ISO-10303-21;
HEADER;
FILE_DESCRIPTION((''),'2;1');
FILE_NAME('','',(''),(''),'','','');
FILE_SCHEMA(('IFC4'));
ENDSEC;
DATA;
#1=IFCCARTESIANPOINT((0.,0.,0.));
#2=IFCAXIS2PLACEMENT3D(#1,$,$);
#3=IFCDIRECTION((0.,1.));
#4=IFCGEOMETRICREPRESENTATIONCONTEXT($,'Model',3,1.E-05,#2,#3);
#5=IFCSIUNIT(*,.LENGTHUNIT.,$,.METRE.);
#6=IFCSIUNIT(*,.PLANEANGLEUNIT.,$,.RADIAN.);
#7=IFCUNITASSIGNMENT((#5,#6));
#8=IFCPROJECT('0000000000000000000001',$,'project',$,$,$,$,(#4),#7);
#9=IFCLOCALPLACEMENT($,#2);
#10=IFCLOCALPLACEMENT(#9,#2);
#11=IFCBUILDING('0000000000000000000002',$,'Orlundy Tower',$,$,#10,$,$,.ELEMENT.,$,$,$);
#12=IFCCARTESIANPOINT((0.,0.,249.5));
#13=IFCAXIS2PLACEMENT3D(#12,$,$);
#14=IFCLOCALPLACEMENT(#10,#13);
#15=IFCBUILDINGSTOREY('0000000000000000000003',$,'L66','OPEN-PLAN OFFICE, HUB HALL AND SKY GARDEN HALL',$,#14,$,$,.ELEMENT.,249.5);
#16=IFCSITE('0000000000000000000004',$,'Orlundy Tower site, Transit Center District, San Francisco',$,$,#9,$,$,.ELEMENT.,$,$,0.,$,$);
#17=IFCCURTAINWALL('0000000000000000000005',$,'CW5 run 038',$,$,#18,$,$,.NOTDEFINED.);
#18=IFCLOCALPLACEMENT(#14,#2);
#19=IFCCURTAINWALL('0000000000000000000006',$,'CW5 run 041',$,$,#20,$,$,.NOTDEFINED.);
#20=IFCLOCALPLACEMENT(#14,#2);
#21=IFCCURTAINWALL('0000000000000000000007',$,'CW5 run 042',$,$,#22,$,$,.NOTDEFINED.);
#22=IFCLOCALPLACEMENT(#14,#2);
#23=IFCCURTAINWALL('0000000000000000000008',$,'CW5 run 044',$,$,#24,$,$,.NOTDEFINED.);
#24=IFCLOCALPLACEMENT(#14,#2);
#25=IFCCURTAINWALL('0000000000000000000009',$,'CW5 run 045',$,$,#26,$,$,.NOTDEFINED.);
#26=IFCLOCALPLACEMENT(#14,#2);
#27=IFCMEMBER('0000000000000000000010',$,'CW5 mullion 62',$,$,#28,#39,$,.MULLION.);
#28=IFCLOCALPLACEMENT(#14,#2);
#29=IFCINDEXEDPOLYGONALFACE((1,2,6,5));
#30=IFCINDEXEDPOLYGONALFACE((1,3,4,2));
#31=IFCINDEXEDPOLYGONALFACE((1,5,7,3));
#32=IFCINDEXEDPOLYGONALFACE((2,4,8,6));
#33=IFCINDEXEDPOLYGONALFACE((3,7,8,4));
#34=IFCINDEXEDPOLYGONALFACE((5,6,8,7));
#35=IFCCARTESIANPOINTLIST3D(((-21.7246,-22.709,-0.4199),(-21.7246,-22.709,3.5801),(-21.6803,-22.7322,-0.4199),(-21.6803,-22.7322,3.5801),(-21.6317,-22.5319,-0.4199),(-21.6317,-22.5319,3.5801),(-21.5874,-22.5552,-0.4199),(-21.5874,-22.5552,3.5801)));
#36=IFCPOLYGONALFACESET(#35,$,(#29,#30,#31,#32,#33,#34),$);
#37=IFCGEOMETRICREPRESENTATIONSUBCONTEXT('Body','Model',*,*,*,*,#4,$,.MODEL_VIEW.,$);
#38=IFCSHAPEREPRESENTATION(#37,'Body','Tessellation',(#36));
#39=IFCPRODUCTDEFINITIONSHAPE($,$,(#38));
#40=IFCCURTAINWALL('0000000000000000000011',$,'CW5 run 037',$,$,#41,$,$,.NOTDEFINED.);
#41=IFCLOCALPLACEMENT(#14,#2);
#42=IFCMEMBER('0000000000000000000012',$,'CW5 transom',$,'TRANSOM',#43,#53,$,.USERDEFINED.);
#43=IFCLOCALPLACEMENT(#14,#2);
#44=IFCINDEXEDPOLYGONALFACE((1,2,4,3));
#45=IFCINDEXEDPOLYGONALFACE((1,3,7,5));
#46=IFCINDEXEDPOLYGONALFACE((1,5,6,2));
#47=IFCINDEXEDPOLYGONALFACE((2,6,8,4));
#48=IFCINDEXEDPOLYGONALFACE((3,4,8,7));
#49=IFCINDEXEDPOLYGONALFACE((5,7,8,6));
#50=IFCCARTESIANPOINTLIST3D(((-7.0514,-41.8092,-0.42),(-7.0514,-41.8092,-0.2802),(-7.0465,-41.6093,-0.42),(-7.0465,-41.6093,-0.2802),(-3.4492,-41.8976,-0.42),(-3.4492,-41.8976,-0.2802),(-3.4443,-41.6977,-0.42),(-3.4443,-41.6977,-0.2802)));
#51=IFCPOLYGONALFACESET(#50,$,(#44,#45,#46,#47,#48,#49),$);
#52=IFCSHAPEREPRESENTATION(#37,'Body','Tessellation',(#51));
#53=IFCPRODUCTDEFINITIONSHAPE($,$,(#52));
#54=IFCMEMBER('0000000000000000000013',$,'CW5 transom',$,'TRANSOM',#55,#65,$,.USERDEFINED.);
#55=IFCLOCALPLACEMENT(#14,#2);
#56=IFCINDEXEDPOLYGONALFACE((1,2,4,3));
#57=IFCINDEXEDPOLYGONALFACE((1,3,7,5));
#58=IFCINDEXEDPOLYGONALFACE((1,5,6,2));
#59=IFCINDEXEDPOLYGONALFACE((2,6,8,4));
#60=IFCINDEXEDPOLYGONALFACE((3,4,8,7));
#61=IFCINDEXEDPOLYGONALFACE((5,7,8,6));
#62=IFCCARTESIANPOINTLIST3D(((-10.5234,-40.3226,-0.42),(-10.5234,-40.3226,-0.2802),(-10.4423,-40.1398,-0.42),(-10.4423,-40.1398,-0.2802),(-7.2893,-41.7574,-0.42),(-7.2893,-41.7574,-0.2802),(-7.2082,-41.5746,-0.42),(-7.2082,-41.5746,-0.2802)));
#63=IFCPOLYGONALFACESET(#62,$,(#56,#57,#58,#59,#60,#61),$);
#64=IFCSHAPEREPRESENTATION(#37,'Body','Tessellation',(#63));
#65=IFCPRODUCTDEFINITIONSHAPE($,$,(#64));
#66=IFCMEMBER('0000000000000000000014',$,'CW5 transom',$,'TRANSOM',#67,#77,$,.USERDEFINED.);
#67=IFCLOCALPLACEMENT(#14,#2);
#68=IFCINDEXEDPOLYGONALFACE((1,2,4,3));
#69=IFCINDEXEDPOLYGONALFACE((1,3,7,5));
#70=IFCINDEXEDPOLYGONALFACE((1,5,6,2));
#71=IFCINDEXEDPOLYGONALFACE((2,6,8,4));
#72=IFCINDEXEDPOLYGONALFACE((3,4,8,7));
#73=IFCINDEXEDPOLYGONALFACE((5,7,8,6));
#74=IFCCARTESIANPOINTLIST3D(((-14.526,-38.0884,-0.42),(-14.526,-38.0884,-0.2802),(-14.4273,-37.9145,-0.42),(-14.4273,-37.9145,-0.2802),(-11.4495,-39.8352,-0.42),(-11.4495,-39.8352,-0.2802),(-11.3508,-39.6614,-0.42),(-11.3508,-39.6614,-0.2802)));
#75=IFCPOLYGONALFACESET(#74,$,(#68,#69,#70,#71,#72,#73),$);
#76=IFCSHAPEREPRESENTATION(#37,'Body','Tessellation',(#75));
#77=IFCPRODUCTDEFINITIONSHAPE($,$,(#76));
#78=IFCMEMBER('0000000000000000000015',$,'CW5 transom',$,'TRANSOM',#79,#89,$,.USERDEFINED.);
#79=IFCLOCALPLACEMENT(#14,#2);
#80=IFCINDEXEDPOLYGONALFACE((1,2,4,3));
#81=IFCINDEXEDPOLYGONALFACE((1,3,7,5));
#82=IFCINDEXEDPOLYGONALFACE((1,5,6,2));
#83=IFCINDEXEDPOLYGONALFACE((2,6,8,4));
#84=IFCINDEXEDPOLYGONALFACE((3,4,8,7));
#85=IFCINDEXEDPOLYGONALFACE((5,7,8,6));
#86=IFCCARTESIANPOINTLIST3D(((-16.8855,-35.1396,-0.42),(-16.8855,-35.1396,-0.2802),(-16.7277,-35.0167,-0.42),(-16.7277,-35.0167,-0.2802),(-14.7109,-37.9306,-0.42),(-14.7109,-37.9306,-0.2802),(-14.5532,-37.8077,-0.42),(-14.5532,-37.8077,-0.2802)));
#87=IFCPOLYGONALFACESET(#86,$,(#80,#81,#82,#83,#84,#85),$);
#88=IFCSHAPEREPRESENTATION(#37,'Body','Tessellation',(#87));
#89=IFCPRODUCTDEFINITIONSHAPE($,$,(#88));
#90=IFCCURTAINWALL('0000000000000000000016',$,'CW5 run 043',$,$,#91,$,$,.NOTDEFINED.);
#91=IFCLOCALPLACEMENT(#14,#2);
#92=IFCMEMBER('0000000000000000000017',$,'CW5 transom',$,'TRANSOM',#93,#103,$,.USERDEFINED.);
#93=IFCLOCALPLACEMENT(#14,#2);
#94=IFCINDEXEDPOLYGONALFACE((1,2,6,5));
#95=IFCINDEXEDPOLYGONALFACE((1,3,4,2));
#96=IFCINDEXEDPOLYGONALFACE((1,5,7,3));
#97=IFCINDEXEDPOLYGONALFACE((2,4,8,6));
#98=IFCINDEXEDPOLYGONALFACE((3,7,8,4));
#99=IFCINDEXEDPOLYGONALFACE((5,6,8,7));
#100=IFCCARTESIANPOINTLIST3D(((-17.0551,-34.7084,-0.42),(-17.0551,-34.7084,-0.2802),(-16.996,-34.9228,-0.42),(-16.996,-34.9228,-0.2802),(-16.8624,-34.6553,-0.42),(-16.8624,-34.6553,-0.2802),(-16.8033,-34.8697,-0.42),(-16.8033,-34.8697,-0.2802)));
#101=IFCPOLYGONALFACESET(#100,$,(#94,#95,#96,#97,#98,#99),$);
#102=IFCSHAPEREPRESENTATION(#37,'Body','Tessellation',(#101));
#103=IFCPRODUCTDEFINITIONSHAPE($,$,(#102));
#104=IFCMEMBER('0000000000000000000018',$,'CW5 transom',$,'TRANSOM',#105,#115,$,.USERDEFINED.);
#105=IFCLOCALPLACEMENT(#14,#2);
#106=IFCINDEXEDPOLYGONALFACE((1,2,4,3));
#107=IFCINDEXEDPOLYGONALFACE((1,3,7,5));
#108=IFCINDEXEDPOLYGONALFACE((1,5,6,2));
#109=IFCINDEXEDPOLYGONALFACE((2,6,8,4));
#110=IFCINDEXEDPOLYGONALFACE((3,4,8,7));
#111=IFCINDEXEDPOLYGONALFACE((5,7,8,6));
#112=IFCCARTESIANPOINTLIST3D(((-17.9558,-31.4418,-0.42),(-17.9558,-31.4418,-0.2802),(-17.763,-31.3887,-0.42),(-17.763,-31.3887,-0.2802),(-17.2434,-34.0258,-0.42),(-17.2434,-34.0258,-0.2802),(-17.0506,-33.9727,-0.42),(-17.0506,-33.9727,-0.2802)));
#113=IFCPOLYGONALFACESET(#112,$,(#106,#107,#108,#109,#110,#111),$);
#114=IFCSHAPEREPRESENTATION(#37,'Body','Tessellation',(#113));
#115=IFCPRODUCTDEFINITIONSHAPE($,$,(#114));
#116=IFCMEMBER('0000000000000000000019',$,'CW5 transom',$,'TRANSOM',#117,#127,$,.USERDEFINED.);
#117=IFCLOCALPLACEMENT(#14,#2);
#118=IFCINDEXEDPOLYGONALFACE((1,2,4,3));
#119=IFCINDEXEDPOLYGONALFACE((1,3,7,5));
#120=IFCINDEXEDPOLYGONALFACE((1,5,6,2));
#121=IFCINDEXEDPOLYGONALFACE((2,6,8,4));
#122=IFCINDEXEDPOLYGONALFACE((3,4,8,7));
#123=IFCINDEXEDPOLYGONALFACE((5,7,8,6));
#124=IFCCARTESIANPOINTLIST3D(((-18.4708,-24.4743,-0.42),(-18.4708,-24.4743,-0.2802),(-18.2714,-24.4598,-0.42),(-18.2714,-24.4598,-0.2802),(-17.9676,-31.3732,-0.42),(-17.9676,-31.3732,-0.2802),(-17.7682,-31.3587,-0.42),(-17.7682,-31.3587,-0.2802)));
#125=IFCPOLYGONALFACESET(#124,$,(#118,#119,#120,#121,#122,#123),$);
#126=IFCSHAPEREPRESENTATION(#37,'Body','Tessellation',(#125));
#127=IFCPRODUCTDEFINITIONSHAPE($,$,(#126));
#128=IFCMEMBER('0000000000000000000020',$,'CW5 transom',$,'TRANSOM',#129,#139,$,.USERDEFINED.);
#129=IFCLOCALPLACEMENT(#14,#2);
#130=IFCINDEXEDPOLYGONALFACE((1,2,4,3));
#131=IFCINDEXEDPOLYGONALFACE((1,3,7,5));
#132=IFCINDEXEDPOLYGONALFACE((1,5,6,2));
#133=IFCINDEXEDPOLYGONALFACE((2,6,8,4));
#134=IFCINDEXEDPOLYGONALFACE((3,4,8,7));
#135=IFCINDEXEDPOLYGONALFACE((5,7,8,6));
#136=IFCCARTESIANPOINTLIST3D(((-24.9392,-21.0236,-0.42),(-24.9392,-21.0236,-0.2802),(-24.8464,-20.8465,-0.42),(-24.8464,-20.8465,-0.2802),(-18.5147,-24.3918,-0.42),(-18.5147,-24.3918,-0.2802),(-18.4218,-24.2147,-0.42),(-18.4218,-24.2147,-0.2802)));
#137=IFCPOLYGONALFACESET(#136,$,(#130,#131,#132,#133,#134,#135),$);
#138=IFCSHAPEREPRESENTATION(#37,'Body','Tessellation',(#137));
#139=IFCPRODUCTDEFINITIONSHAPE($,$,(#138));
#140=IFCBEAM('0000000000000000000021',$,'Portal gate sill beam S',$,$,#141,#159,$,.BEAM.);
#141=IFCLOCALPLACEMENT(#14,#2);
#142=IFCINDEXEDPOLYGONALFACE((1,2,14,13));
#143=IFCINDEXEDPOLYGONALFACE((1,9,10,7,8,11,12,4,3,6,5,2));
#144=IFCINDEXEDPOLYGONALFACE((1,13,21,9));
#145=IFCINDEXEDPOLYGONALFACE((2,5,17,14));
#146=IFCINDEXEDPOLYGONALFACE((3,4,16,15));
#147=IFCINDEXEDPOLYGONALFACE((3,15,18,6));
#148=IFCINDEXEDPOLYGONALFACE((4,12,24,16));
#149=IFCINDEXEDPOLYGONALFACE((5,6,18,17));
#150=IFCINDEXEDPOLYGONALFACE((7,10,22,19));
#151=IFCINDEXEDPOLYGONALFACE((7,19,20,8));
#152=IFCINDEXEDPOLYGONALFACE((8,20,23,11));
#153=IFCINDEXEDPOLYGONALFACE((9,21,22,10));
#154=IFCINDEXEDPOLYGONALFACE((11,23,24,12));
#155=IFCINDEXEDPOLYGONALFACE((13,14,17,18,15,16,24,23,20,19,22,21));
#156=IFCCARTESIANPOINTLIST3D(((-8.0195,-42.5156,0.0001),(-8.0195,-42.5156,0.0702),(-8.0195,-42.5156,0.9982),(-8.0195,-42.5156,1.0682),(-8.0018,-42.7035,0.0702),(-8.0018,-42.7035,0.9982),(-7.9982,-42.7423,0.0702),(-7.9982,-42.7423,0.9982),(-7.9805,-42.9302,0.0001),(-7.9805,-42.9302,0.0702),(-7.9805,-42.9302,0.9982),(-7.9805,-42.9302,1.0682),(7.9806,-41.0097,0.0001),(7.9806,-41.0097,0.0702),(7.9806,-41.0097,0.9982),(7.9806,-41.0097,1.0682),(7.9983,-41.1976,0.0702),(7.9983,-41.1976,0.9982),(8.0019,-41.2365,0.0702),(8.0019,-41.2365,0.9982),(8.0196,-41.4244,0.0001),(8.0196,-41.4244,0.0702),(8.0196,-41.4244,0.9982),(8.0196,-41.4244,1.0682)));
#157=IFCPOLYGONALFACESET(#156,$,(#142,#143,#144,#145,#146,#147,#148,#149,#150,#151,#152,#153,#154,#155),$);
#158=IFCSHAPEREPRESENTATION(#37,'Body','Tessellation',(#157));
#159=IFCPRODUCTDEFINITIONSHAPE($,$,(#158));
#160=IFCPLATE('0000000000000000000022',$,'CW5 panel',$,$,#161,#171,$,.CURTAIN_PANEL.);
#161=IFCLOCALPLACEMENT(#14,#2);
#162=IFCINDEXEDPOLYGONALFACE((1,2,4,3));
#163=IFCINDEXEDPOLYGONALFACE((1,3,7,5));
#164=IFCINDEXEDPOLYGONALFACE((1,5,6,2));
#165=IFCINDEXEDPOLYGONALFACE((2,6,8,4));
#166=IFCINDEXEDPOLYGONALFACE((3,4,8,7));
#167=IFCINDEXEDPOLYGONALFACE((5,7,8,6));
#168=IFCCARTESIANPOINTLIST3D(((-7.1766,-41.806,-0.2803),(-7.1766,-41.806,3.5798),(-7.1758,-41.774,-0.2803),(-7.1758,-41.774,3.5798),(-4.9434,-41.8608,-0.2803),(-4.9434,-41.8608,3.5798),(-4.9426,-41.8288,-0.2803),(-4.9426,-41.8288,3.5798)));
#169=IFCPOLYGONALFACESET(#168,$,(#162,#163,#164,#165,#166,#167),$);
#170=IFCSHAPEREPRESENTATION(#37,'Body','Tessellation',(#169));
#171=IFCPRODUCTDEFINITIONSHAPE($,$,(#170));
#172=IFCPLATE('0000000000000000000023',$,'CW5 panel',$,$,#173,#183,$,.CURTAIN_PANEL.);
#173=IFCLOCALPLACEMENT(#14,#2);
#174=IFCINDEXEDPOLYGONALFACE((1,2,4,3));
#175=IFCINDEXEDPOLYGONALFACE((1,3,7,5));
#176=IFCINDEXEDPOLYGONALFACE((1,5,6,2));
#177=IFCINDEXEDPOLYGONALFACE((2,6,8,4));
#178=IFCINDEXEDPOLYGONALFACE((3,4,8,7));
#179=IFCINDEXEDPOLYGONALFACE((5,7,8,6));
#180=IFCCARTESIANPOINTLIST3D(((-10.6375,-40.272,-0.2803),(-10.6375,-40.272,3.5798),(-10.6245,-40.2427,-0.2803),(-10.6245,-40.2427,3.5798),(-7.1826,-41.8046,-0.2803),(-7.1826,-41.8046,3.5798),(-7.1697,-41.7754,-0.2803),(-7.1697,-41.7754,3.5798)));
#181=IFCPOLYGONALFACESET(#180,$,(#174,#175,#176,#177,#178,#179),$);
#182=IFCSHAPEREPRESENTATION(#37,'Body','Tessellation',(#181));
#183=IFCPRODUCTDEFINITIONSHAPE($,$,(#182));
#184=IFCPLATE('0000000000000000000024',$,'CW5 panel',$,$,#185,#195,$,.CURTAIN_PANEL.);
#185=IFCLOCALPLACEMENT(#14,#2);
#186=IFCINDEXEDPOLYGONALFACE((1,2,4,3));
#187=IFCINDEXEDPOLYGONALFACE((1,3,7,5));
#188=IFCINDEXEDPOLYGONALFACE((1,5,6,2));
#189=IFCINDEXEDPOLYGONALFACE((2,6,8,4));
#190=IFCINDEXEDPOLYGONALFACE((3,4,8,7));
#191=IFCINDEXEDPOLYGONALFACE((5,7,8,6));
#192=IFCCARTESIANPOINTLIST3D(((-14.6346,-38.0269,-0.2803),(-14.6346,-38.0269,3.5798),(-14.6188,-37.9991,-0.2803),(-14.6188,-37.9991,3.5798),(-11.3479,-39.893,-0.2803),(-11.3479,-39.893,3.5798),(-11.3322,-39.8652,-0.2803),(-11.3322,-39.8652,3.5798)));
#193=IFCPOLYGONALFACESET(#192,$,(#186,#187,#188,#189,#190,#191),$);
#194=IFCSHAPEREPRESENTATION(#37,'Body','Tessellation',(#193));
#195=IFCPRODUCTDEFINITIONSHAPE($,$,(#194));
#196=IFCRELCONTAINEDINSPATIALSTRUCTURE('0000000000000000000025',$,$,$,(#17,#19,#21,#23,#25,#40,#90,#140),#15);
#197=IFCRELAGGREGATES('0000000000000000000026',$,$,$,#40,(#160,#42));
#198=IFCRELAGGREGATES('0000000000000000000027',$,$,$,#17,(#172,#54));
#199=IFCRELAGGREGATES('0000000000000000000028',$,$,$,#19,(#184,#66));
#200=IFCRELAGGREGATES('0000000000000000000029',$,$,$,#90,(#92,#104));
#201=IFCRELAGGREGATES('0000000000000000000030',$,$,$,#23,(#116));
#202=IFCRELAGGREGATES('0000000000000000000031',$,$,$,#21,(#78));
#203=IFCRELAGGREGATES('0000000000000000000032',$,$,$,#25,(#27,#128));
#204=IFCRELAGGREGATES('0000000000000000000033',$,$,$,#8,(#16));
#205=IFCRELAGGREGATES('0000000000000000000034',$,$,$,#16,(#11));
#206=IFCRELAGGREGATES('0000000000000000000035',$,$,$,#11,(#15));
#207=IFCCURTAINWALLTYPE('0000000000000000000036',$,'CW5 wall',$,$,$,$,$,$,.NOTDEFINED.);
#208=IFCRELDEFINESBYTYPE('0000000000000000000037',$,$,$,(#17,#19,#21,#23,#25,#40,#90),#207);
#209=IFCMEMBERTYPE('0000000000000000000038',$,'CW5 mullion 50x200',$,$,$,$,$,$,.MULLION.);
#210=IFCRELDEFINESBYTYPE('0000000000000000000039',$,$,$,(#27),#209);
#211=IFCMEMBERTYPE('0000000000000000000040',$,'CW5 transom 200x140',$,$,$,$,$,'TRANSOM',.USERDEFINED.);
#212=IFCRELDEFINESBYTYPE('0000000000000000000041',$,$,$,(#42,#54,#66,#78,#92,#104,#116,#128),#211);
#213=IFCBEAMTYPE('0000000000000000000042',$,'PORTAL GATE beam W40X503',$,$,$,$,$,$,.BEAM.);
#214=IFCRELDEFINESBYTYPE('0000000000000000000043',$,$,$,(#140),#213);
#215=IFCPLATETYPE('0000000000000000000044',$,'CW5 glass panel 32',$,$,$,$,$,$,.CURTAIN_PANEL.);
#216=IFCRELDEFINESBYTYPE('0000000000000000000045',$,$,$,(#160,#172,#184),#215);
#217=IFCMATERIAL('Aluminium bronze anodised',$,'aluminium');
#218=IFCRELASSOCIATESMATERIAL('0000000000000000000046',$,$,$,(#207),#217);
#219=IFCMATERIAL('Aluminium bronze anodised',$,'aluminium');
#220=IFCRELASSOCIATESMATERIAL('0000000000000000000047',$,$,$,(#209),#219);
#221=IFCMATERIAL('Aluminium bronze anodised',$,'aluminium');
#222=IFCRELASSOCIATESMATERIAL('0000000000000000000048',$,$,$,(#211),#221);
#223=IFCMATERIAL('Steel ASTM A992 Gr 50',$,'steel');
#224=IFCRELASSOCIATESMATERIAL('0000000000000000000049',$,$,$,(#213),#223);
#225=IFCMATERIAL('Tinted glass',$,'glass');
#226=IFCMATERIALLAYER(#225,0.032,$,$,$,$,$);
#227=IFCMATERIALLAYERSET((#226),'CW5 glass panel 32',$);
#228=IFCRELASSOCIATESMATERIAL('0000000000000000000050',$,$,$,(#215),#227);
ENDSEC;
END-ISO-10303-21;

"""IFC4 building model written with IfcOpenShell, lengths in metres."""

from ifc_helpers import new_model, si_unit, direction, frame, origin, origin_2d, place, context, subcontext, project, spatial, rectangle, i_section, extrude, material, layer, layer_set, material_profile, profile_set, type_object, element, aggregate, save


model = new_model("IFC4")

# Units and contexts
model_context = context("Model", 3, precision=1e-05, world=origin(), true_north=direction((0.0, 1.0)))
body_context = subcontext(model_context, "Body", "Model", "MODEL_VIEW")
ifc_project = project(units=[si_unit("LENGTHUNIT", "METRE"), si_unit("PLANEANGLEUNIT", "RADIAN")], contexts=[model_context])

# Site, building, storey
site_placement = place(None, origin())
site = spatial("IfcSite", under=ifc_project, at=site_placement, Name="Orlundy Tower site, Transit Center District, San Francisco", CompositionType="ELEMENT", RefElevation=0.0)
building_placement = place(site_placement, origin())
building = spatial("IfcBuilding", under=site, at=building_placement, Name="Orlundy Tower", CompositionType="ELEMENT")
storey_placement = place(building_placement, frame((0.0, 0.0, 249.5)))
storey = spatial("IfcBuildingStorey", under=building, at=storey_placement, Name="L66", Description="OPEN-PLAN OFFICE, HUB HALL AND SKY GARDEN HALL", CompositionType="ELEMENT", Elevation=249.5)

# Curtain wall
ifc_material_1 = material(Name="Aluminium bronze anodised", Category="aluminium")
curtain_wall_type = type_object("IfcCurtainWallType", Name="CW5 wall", PredefinedType="NOTDEFINED", material=ifc_material_1)
curtain_wall_1_placement = place(storey_placement, origin())
curtain_wall_1 = element("IfcCurtainWall", 1, at=curtain_wall_1_placement, inside=storey, type_object=curtain_wall_type, Name="CW5 run 038", PredefinedType="NOTDEFINED")

# Curtain walls, members
curtain_wall_2_placement = place(storey_placement, origin())
curtain_wall_2 = element("IfcCurtainWall", 2, at=curtain_wall_2_placement, inside=storey, type_object=curtain_wall_type, Name="CW5 run 041", PredefinedType="NOTDEFINED")
curtain_wall_3_placement = place(storey_placement, origin())
curtain_wall_3 = element("IfcCurtainWall", 3, at=curtain_wall_3_placement, inside=storey, type_object=curtain_wall_type, Name="CW5 run 042", PredefinedType="NOTDEFINED")
ifc_material_2 = material(Name="Aluminium bronze anodised", Category="aluminium")
ifc_material_profile_1 = material_profile(ifc_material_2, rectangle(XDim=0.2, YDim=0.05, at=origin_2d()), Name="CW5 mullion 50x200")
ifc_profile_set_1 = profile_set([ifc_material_profile_1], Name="Aluminium bronze anodised")
member_type_1 = type_object("IfcMemberType", Name="CW5 mullion 50x200", PredefinedType="MULLION", material=ifc_profile_set_1)
curtain_wall_4_placement = place(storey_placement, origin())
curtain_wall_4 = element("IfcCurtainWall", 4, at=curtain_wall_4_placement, inside=storey, type_object=curtain_wall_type, Name="CW5 run 044", PredefinedType="NOTDEFINED")
curtain_wall_5_placement = place(storey_placement, origin())
curtain_wall_5 = element("IfcCurtainWall", 5, at=curtain_wall_5_placement, inside=storey, type_object=curtain_wall_type, Name="CW5 run 045", PredefinedType="NOTDEFINED")
member_1_placement = place(storey_placement, frame((-21.656, -22.6321, -0.4199), z_axis=(0.0, 0.0, 1.0), x_axis=(-0.464335, -0.885659, 0.0)))
member_1 = element("IfcMember", 6, at=member_1_placement, type_object=member_type_1, Name="CW5 mullion 62", PredefinedType="MULLION", context=body_context, shape_type="SweptSolid", body=[
    extrude(rectangle(XDim=0.2, YDim=0.05, at=origin_2d()), origin(), (0.0, 0.0, 1.0), 4.0),
])
curtain_wall_6_placement = place(storey_placement, origin())
curtain_wall_6 = element("IfcCurtainWall", 7, at=curtain_wall_6_placement, inside=storey, type_object=curtain_wall_type, Name="CW5 run 037", PredefinedType="NOTDEFINED")
ifc_material_3 = material(Name="Aluminium bronze anodised", Category="aluminium")
ifc_material_profile_2 = material_profile(ifc_material_3, rectangle(XDim=0.2, YDim=0.1399, at=origin_2d()), Name="CW5 transom 200x140")
ifc_profile_set_2 = profile_set([ifc_material_profile_2], Name="Aluminium bronze anodised")
member_type_2 = type_object("IfcMemberType", Name="CW5 transom 200x140", ElementType="TRANSOM", PredefinedType="USERDEFINED", material=ifc_profile_set_2)
member_2_placement = place(storey_placement, frame((-3.4468, -41.7976, -0.3501), z_axis=(-0.999699, 0.024527, 0.0), x_axis=(-0.024527, -0.999699, 0.0)))
member_2 = element("IfcMember", 8, at=member_2_placement, type_object=member_type_2, Name="CW5 transom", ObjectType="TRANSOM", PredefinedType="USERDEFINED", context=body_context, shape_type="SweptSolid", body=[
    extrude(rectangle(XDim=0.2, YDim=0.1399, at=origin_2d()), origin(), (0.0, 0.0, 1.0), 3.6033),
])

# Members
member_3_placement = place(storey_placement, frame((-7.2488, -41.666, -0.3501), z_axis=(-0.914082, 0.40553, 0.0), x_axis=(-0.40553, -0.914082, 0.0)))
member_3 = element("IfcMember", 9, at=member_3_placement, type_object=member_type_2, Name="CW5 transom", ObjectType="TRANSOM", PredefinedType="USERDEFINED", context=body_context, shape_type="SweptSolid", body=[
    extrude(rectangle(XDim=0.2, YDim=0.1399, at=origin_2d()), origin(), (0.0, 0.0, 1.0), 3.5381),
])
member_4_placement = place(storey_placement, frame((-11.4001, -39.7483, -0.3501), z_axis=(-0.869595, 0.493766, 0.0), x_axis=(-0.493766, -0.869595, 0.0)))
member_4 = element("IfcMember", 10, at=member_4_placement, type_object=member_type_2, Name="CW5 transom", ObjectType="TRANSOM", PredefinedType="USERDEFINED", context=body_context, shape_type="SweptSolid", body=[
    extrude(rectangle(XDim=0.2, YDim=0.1399, at=origin_2d()), origin(), (0.0, 0.0, 1.0), 3.5378),
])
member_5_placement = place(storey_placement, frame((-14.6321, -37.8691, -0.3501), z_axis=(-0.614604, 0.788835, 0.0), x_axis=(-0.788835, -0.614604, 0.0)))
member_5 = element("IfcMember", 11, at=member_5_placement, type_object=member_type_2, Name="CW5 transom", ObjectType="TRANSOM", PredefinedType="USERDEFINED", context=body_context, shape_type="SweptSolid", body=[
    extrude(rectangle(XDim=0.2, YDim=0.1399, at=origin_2d()), origin(), (0.0, 0.0, 1.0), 3.5381),
])

# Curtain wall, members
curtain_wall_7_placement = place(storey_placement, origin())
curtain_wall_7 = element("IfcCurtainWall", 12, at=curtain_wall_7_placement, inside=storey, type_object=curtain_wall_type, Name="CW5 run 043", PredefinedType="NOTDEFINED")
member_6_placement = place(storey_placement, frame((-16.8997, -34.8962, -0.3501), z_axis=(-0.265718, 0.964051, 0.0), x_axis=(-0.964051, -0.265718, 0.0)))
member_6 = element("IfcMember", 13, at=member_6_placement, type_object=member_type_2, Name="CW5 transom", ObjectType="TRANSOM", PredefinedType="USERDEFINED", context=body_context, shape_type="SweptSolid", body=[
    extrude(rectangle(XDim=0.2, YDim=0.1399, at=origin_2d()), origin(), (0.0, 0.0, 1.0), 0.2224),
])
member_7_placement = place(storey_placement, frame((-17.147, -33.9993, -0.3501), z_axis=(-0.265783, 0.964033, 0.0), x_axis=(-0.964033, -0.265783, 0.0)))
member_7 = element("IfcMember", 14, at=member_7_placement, type_object=member_type_2, Name="CW5 transom", ObjectType="TRANSOM", PredefinedType="USERDEFINED", context=body_context, shape_type="SweptSolid", body=[
    extrude(rectangle(XDim=0.2, YDim=0.1399, at=origin_2d()), origin(), (0.0, 0.0, 1.0), 2.6804),
])

# Members
member_8_placement = place(storey_placement, frame((-17.8679, -31.366, -0.3501), z_axis=(-0.072742, 0.997351, 0.0), x_axis=(-0.997351, -0.072742, 0.0)))
member_8 = element("IfcMember", 15, at=member_8_placement, type_object=member_type_2, Name="CW5 transom", ObjectType="TRANSOM", PredefinedType="USERDEFINED", context=body_context, shape_type="SweptSolid", body=[
    extrude(rectangle(XDim=0.2, YDim=0.1399, at=origin_2d()), origin(), (0.0, 0.0, 1.0), 6.9172),
])
member_9_placement = place(storey_placement, frame((-18.4683, -24.3032, -0.3501), z_axis=(-0.885666, 0.464323, 0.0), x_axis=(-0.464323, -0.885666, 0.0)))
member_9 = element("IfcMember", 16, at=member_9_placement, type_object=member_type_2, Name="CW5 transom", ObjectType="TRANSOM", PredefinedType="USERDEFINED", context=body_context, shape_type="SweptSolid", body=[
    extrude(rectangle(XDim=0.2, YDim=0.1399, at=origin_2d()), origin(), (0.0, 0.0, 1.0), 7.2539),
])

# Beam
ifc_material_4 = material(Name="Steel ASTM A992 Gr 50", Category="steel")
ifc_material_profile_3 = material_profile(ifc_material_4, i_section(OverallWidth=0.4165, OverallDepth=1.0681, WebThickness=0.0391, FlangeThickness=0.0701, at=origin_2d()), Name="W40X503")
ifc_profile_set_3 = profile_set([ifc_material_profile_3], Name="Steel ASTM A992 Gr 50")
beam_type_1 = type_object("IfcBeamType", Name="PORTAL GATE beam W40X503", PredefinedType="BEAM", material=ifc_profile_set_3)
beam_1_placement = place(storey_placement, frame((-8.0, -42.7229, 0.5342), z_axis=(0.9956, 0.093702, 0.0), x_axis=(-0.093702, 0.9956, 0.0)))
element("IfcBeam", 17, at=beam_1_placement, inside=storey, type_object=beam_type_1, Name="Portal gate sill beam S", PredefinedType="BEAM", context=body_context, shape_type="SweptSolid", body=[
    extrude(i_section(OverallWidth=0.4165, OverallDepth=1.0681, WebThickness=0.0391, FlangeThickness=0.0701, at=origin_2d()), origin(), (0.0, 0.0, 1.0), 16.0708),
])

# Plates
ifc_material_5 = material(Name="Tinted glass", Category="glass")
ifc_layer_1 = layer(ifc_material_5, 0.032)
ifc_layer_set_1 = layer_set([ifc_layer_1], Name="CW5 glass panel 32")
plate_type_1 = type_object("IfcPlateType", Name="CW5 glass panel 32", PredefinedType="CURTAIN_PANEL", material=ifc_layer_set_1)
plate_1_placement = place(storey_placement, frame((-6.0596, -41.8174, -0.2803), z_axis=(0.0, 0.0, 1.0), x_axis=(-0.999699, 0.024547, 0.0)))
plate_1 = element("IfcPlate", 18, at=plate_1_placement, type_object=plate_type_1, Name="CW5 panel", PredefinedType="CURTAIN_PANEL", context=body_context, shape_type="SweptSolid", body=[
    extrude(rectangle(XDim=2.2339, YDim=0.032, at=origin_2d()), origin(), (0.0, 0.0, 1.0), 3.8601),
])
aggregate(curtain_wall_6, [plate_1, member_2])
plate_2_placement = place(storey_placement, frame((-8.9036, -41.0237, -0.2803), z_axis=(0.0, 0.0, 1.0), x_axis=(-0.914089, 0.405513, 0.0)))
plate_2 = element("IfcPlate", 19, at=plate_2_placement, type_object=plate_type_1, Name="CW5 panel", PredefinedType="CURTAIN_PANEL", context=body_context, shape_type="SweptSolid", body=[
    extrude(rectangle(XDim=3.7795, YDim=0.032, at=origin_2d()), origin(), (0.0, 0.0, 1.0), 3.8601),
])
aggregate(curtain_wall_1, [plate_2, member_3])
plate_3_placement = place(storey_placement, frame((-12.9834, -38.946, -0.2803), z_axis=(0.0, 0.0, 1.0), x_axis=(-0.869601, 0.493754, 0.0)))
plate_3 = element("IfcPlate", 20, at=plate_3_placement, type_object=plate_type_1, Name="CW5 panel", PredefinedType="CURTAIN_PANEL", context=body_context, shape_type="SweptSolid", body=[
    extrude(rectangle(XDim=3.7795, YDim=0.032, at=origin_2d()), origin(), (0.0, 0.0, 1.0), 3.8601),
])
aggregate(curtain_wall_2, [plate_3, member_4])
aggregate(curtain_wall_7, [member_6, member_7])
aggregate(curtain_wall_4, [member_8])
aggregate(curtain_wall_3, [member_5])
aggregate(curtain_wall_5, [member_1, member_9])

save(model, "model.ifc")
